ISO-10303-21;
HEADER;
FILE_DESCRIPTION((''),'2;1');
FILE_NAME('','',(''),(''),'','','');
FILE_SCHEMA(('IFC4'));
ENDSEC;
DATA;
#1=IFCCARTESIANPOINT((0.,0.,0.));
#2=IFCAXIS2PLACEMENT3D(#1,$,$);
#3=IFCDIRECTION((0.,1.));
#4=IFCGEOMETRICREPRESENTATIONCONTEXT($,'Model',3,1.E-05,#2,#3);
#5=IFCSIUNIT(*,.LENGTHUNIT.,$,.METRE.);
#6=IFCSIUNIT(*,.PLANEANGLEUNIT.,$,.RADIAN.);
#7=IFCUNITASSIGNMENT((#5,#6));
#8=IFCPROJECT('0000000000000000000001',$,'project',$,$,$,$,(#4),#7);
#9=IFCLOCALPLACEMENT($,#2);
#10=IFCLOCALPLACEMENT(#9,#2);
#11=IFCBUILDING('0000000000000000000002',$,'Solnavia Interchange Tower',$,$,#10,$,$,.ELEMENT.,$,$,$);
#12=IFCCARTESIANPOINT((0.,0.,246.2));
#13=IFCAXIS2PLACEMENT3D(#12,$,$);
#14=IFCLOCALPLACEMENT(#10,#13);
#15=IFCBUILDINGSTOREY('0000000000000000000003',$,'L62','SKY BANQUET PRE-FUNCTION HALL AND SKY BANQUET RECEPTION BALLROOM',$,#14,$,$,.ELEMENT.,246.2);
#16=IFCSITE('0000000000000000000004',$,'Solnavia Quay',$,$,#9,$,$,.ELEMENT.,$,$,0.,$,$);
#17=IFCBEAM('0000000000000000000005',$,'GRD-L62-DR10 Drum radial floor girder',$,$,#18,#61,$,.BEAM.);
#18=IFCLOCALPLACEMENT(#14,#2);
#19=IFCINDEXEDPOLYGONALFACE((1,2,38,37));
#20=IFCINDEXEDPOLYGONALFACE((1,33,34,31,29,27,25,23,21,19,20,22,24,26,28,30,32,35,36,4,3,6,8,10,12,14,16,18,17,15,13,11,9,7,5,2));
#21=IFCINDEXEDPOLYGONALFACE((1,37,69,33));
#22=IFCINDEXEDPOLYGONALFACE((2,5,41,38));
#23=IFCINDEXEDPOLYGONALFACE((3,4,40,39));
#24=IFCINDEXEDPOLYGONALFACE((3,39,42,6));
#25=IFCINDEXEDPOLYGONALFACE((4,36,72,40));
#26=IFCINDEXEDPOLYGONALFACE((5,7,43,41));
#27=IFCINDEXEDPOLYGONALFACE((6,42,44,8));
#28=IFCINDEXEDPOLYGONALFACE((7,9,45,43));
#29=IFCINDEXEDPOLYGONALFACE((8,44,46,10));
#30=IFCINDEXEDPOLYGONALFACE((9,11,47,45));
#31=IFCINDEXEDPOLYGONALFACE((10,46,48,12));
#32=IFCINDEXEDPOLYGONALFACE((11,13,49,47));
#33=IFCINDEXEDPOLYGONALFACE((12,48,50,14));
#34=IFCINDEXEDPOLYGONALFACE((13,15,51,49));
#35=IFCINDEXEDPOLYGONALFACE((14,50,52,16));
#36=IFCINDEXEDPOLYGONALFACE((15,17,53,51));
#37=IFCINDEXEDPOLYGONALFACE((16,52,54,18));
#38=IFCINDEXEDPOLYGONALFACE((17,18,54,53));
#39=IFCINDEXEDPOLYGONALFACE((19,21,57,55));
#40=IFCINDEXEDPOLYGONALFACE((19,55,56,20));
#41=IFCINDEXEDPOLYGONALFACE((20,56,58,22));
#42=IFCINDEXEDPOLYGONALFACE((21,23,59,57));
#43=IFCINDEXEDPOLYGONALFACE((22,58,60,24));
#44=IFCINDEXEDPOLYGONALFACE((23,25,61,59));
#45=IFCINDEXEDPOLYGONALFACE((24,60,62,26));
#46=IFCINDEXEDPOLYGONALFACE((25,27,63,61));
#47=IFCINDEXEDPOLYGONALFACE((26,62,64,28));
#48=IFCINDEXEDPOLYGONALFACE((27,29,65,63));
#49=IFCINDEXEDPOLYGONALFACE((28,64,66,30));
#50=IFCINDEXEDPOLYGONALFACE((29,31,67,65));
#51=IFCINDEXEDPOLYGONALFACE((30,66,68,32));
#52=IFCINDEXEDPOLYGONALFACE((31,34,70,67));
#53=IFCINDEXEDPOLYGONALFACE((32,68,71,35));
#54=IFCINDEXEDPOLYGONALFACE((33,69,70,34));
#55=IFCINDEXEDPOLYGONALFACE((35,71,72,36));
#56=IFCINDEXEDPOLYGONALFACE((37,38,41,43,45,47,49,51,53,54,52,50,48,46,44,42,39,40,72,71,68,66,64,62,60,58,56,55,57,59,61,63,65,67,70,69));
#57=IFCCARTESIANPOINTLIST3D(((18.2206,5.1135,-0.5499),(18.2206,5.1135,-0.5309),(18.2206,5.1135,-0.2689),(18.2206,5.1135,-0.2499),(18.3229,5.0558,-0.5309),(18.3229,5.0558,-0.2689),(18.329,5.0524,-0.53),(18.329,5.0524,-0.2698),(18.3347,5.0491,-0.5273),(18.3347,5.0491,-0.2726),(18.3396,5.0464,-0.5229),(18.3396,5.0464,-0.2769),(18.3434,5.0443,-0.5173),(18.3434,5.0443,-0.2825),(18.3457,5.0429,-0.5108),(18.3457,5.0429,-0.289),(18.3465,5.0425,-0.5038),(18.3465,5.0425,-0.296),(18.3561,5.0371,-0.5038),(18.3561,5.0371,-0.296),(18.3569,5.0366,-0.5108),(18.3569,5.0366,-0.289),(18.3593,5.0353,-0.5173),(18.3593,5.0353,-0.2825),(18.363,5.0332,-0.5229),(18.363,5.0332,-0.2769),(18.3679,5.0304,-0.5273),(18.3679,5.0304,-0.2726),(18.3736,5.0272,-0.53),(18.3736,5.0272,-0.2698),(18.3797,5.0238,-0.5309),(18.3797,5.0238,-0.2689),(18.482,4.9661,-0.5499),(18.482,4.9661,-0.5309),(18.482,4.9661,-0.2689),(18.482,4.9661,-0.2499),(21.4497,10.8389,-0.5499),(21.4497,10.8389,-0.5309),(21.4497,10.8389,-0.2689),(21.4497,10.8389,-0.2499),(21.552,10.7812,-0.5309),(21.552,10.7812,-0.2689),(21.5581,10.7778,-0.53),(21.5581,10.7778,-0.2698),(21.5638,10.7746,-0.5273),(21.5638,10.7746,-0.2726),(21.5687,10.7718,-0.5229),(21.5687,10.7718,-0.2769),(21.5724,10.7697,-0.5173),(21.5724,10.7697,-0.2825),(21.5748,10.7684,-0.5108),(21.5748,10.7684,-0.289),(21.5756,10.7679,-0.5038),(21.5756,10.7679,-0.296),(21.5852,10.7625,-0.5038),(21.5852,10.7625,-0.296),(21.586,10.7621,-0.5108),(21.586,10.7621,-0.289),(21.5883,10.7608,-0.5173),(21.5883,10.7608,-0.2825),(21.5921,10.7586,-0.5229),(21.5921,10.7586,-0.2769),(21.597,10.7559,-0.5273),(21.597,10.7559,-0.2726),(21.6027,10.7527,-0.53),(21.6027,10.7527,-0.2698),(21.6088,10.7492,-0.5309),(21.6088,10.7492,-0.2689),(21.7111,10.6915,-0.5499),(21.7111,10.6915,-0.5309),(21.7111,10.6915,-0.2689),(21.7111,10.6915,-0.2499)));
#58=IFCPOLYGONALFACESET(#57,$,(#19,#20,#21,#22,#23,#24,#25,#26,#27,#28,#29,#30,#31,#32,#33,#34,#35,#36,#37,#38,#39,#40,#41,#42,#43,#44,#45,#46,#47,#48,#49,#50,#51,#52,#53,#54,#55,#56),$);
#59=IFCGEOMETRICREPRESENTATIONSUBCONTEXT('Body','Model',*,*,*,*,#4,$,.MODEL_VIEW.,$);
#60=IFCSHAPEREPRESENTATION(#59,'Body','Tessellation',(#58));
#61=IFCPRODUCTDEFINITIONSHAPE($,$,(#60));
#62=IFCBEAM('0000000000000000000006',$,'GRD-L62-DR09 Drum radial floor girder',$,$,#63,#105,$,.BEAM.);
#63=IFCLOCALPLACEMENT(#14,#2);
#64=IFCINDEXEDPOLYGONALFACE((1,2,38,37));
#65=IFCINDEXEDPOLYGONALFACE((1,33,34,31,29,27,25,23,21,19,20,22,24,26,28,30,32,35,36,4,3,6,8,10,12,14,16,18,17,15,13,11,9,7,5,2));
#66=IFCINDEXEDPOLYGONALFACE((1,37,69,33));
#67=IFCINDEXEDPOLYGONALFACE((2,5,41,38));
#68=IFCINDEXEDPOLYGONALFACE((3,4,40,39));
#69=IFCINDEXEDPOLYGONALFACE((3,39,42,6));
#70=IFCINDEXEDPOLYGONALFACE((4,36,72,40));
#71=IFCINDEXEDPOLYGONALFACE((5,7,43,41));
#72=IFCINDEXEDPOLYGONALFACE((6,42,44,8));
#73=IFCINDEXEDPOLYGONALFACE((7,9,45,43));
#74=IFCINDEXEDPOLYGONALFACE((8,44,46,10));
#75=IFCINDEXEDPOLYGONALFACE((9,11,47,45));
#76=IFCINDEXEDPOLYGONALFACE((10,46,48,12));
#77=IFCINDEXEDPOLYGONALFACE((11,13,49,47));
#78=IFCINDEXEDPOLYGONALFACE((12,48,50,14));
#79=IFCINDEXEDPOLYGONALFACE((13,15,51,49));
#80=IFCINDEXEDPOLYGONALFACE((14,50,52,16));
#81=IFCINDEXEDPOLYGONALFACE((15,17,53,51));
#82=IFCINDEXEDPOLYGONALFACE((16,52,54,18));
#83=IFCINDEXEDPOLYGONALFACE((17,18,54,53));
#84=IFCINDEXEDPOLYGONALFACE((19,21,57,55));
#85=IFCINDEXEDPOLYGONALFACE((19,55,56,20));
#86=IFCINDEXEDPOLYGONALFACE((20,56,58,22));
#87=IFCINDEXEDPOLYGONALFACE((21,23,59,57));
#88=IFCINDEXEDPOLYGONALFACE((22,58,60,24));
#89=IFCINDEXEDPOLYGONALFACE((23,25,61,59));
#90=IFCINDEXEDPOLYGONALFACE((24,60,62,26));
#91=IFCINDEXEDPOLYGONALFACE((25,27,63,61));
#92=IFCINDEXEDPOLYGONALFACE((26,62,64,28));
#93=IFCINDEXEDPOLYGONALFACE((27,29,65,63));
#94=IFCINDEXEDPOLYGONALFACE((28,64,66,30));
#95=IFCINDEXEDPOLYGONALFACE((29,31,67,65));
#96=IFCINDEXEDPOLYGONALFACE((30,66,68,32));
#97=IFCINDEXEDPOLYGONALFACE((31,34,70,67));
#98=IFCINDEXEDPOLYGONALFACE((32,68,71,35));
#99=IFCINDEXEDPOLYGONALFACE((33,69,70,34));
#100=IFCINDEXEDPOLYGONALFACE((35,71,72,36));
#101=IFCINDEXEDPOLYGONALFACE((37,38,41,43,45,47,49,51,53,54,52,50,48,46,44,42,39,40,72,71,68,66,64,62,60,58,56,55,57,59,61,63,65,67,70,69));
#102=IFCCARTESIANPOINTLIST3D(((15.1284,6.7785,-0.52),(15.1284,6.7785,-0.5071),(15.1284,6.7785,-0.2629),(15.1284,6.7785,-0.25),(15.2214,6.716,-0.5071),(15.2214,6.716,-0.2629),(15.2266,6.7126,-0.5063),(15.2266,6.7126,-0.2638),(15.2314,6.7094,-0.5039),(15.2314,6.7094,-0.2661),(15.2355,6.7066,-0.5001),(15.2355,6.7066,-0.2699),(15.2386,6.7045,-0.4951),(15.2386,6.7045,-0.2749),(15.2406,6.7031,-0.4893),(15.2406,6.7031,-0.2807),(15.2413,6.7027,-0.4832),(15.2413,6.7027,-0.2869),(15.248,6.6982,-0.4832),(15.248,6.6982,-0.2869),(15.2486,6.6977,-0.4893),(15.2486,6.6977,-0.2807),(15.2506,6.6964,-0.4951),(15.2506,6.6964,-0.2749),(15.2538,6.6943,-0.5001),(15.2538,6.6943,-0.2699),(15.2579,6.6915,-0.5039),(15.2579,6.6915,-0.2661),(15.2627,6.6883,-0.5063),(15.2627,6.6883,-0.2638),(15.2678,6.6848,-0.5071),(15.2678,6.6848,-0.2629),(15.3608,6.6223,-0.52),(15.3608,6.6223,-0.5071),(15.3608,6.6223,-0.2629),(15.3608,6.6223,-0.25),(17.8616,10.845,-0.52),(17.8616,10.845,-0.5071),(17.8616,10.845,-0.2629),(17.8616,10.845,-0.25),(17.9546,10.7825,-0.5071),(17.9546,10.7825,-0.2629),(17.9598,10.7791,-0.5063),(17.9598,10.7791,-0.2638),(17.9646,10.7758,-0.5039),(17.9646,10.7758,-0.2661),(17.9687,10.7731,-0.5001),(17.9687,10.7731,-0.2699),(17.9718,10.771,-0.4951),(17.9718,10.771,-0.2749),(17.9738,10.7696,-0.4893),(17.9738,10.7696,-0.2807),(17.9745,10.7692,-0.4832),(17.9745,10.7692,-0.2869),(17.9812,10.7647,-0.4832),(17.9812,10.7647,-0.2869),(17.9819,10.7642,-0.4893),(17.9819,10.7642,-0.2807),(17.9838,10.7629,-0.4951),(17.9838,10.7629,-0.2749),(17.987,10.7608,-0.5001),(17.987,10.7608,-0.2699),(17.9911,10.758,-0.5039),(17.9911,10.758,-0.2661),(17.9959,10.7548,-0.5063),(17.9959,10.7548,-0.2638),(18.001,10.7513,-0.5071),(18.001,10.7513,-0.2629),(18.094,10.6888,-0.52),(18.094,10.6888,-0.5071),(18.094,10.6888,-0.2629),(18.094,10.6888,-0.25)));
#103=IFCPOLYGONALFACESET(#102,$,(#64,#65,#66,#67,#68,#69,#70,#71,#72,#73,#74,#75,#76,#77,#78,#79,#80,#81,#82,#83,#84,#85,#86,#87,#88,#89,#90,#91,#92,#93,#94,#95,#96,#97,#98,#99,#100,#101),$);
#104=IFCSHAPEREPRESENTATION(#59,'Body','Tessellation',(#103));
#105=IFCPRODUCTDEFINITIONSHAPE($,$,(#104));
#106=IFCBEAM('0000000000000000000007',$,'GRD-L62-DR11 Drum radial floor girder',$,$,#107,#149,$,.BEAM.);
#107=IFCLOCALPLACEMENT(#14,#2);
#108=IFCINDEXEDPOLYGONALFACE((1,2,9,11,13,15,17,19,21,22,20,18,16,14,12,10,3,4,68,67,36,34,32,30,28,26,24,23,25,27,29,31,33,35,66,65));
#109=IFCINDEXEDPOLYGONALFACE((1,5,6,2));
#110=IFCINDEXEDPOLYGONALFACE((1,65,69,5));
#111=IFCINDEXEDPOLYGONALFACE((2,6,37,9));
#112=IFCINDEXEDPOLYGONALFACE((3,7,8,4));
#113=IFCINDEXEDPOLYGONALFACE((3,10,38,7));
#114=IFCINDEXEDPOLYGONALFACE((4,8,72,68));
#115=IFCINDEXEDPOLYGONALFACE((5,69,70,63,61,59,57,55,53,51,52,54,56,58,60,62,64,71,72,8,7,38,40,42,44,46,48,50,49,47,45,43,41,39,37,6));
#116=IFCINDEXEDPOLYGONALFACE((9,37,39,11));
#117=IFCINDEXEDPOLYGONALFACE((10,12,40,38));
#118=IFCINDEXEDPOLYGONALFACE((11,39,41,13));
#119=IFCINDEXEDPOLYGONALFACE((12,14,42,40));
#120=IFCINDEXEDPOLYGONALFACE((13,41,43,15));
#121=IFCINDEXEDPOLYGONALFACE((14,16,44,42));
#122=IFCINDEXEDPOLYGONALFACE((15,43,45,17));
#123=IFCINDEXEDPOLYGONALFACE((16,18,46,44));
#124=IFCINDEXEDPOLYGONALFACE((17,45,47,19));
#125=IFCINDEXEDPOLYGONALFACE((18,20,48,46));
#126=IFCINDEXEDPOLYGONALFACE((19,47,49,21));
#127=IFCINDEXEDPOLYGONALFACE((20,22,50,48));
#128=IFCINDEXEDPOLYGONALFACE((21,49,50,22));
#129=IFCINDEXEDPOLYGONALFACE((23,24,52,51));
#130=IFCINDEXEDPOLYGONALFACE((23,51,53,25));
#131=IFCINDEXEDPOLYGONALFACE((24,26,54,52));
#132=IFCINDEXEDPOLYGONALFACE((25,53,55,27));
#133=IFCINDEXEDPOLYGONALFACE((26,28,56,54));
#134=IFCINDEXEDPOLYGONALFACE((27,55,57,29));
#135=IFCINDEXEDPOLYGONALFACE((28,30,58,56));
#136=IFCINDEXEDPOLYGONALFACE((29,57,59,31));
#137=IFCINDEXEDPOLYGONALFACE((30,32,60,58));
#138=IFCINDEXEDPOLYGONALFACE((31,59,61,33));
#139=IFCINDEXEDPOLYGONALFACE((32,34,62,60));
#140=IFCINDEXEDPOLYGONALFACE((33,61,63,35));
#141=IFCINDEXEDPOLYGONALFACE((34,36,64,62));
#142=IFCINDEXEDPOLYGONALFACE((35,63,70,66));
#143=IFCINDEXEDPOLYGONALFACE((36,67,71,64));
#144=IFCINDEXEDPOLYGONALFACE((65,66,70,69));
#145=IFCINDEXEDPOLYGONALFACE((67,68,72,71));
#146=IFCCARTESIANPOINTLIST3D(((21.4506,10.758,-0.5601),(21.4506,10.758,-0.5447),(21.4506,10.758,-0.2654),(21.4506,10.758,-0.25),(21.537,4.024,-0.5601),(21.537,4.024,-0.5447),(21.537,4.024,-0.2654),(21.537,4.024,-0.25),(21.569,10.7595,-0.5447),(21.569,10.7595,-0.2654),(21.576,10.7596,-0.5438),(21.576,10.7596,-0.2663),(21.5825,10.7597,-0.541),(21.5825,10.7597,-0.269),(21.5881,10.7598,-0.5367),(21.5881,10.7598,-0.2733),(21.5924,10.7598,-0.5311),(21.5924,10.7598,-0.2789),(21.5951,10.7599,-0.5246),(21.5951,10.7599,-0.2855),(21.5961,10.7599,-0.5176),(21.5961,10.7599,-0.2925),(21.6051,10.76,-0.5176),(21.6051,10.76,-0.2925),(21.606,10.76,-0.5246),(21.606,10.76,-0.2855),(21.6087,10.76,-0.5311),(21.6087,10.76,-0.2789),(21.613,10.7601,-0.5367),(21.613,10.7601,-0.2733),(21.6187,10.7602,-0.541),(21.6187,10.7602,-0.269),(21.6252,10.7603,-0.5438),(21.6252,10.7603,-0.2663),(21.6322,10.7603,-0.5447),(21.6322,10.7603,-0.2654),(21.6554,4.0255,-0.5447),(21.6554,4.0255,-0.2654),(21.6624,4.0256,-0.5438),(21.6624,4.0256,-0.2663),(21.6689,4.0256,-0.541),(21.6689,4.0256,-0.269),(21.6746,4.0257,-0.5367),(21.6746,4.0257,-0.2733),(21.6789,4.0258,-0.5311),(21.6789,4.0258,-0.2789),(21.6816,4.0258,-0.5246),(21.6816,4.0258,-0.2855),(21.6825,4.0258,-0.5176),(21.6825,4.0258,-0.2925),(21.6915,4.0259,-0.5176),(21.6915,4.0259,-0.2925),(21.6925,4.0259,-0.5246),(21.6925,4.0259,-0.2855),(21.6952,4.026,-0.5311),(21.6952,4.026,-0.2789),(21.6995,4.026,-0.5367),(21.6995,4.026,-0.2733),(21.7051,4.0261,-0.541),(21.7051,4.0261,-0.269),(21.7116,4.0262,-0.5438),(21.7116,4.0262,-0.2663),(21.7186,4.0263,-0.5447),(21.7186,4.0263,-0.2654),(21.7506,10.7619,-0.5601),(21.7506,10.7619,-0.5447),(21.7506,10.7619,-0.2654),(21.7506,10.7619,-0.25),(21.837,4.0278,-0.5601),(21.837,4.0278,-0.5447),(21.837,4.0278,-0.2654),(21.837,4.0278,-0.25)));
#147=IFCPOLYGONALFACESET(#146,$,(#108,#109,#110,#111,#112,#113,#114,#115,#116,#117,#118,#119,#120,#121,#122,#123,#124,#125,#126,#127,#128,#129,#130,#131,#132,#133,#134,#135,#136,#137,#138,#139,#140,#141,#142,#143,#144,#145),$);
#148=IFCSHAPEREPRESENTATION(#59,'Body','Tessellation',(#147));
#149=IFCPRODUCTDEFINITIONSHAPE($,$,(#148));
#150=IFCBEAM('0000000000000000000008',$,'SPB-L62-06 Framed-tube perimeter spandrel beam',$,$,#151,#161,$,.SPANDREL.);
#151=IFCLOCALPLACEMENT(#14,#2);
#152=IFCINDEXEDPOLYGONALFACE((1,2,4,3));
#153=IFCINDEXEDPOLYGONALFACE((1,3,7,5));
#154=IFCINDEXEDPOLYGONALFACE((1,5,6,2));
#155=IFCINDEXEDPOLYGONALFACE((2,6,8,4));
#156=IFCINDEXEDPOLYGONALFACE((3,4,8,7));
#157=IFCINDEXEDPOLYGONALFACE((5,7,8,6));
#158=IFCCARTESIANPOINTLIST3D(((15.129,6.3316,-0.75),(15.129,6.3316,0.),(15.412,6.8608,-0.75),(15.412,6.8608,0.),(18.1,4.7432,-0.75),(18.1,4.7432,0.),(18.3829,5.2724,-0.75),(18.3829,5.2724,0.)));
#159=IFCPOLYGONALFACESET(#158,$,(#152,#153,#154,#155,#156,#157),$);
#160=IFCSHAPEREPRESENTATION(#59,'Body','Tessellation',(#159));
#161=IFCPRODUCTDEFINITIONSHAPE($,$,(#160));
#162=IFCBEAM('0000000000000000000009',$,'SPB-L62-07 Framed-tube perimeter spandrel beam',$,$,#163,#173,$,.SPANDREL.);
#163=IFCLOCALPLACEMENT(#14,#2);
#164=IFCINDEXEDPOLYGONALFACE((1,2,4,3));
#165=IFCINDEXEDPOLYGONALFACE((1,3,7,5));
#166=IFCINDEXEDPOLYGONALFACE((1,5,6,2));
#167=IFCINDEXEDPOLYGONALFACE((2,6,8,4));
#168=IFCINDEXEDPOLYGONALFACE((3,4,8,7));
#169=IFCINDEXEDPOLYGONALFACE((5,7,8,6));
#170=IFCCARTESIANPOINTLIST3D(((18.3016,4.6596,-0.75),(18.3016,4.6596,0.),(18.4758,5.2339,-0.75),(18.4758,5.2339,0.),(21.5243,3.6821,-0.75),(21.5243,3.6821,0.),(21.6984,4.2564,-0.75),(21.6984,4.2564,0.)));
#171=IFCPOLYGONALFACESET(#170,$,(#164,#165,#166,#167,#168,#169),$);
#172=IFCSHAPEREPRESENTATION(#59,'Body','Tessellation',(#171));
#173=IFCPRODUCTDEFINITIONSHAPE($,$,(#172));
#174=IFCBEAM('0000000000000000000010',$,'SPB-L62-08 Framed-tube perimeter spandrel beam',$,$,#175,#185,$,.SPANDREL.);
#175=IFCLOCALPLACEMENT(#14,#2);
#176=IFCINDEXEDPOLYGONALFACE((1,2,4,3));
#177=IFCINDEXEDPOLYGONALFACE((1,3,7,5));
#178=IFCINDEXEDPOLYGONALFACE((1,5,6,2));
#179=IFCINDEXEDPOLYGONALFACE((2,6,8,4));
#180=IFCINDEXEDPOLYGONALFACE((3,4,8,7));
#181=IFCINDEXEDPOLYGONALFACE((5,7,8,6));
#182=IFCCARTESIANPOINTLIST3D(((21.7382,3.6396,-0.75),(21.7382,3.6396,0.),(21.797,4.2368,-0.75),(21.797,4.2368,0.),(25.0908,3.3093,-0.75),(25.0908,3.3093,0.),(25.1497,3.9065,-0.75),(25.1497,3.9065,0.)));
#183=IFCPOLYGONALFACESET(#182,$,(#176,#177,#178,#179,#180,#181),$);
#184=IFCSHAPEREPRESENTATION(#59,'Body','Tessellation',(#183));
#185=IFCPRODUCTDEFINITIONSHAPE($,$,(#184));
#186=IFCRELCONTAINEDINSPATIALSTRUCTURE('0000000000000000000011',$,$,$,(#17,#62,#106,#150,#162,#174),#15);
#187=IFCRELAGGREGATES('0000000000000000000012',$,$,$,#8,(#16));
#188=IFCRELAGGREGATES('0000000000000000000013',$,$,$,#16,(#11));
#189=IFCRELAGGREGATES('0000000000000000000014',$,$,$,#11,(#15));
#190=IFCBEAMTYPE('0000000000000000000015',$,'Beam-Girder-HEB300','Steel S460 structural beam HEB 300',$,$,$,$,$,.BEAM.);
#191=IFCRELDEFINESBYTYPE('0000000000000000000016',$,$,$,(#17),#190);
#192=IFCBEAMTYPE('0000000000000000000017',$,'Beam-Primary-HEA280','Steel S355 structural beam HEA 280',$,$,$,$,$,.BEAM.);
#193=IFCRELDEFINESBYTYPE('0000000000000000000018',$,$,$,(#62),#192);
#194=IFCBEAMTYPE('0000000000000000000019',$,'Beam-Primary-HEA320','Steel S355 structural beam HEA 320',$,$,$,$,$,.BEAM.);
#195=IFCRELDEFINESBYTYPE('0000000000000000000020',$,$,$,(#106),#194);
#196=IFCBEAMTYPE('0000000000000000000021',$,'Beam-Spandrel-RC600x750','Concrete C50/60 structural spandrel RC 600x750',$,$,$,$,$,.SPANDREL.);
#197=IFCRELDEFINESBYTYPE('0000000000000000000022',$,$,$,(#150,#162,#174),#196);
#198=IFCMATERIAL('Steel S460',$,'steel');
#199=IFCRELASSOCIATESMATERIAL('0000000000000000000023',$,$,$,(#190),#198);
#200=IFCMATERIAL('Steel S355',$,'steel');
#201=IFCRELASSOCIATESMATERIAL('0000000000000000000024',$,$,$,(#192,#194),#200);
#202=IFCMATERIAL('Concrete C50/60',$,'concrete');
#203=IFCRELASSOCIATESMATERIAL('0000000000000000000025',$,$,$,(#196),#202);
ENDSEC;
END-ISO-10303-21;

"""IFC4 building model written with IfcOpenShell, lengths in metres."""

from ifc_helpers import new_model, si_unit, direction, frame, origin, origin_2d, place, context, subcontext, project, spatial, rectangle, i_section, extrude, material, material_profile, profile_set, type_object, element, save


model = new_model("IFC4")

# Units and contexts
model_context = context("Model", 3, precision=1e-05, world=origin(), true_north=direction((0.0, 1.0)))
body_context = subcontext(model_context, "Body", "Model", "MODEL_VIEW")
ifc_project = project(units=[si_unit("LENGTHUNIT", "METRE"), si_unit("PLANEANGLEUNIT", "RADIAN")], contexts=[model_context])

# Site, building, storey
site_placement = place(None, origin())
site = spatial("IfcSite", under=ifc_project, at=site_placement, Name="Solnavia Quay", CompositionType="ELEMENT", RefElevation=0.0)
building_placement = place(site_placement, origin())
building = spatial("IfcBuilding", under=site, at=building_placement, Name="Solnavia Interchange Tower", CompositionType="ELEMENT")
storey_placement = place(building_placement, frame((0.0, 0.0, 246.2)))
storey = spatial("IfcBuildingStorey", under=building, at=storey_placement, Name="L62", Description="SKY BANQUET PRE-FUNCTION HALL AND SKY BANQUET RECEPTION BALLROOM", CompositionType="ELEMENT", Elevation=246.2)

# Shared definitions
ifc_material_1 = material(Name="Concrete C50/60", Category="concrete")

# Beams
ifc_material_2 = material(Name="Steel S460", Category="steel")
ifc_material_profile_1 = material_profile(ifc_material_2, i_section(OverallWidth=0.3, OverallDepth=0.3, WebThickness=0.011, FlangeThickness=0.019, FilletRadius=0.0271, at=origin_2d()), Name="HEB 300")
ifc_profile_set_1 = profile_set([ifc_material_profile_1], Name="Steel S460")
beam_type_1 = type_object("IfcBeamType", Name="Beam-Girder-HEB300", Description="Steel S460 structural beam HEB 300", PredefinedType="BEAM", material=ifc_profile_set_1)
beam_1_placement = place(storey_placement, frame((18.3513, 5.0398, -0.3999), z_axis=(0.491243, 0.871022, 0.0), x_axis=(-0.871022, 0.491243, 0.0)))
element("IfcBeam", 1, at=beam_1_placement, inside=storey, type_object=beam_type_1, Name="GRD-L62-DR10 Drum radial floor girder", PredefinedType="BEAM", context=body_context, shape_type="SweptSolid", body=[
    extrude(i_section(OverallWidth=0.3, OverallDepth=0.3, WebThickness=0.011, FlangeThickness=0.019, FilletRadius=0.0271, at=origin_2d()), origin(), (0.0, 0.0, 1.0), 6.5732),
])
ifc_material_3 = material(Name="Steel S355", Category="steel")
ifc_material_profile_2 = material_profile(ifc_material_3, i_section(OverallWidth=0.28, OverallDepth=0.27, WebThickness=0.0081, FlangeThickness=0.0129, FilletRadius=0.0239, at=origin_2d()), Name="HEA 280")
ifc_profile_set_2 = profile_set([ifc_material_profile_2], Name="Steel S355")
beam_type_2 = type_object("IfcBeamType", Name="Beam-Primary-HEA280", Description="Steel S355 structural beam HEA 280", PredefinedType="BEAM", material=ifc_profile_set_2)
beam_2_placement = place(storey_placement, frame((15.2446, 6.7004, -0.385), z_axis=(0.557835, 0.829952, 0.0), x_axis=(-0.829952, 0.557835, 0.0)))
element("IfcBeam", 2, at=beam_2_placement, inside=storey, type_object=beam_type_2, Name="GRD-L62-DR09 Drum radial floor girder", PredefinedType="BEAM", context=body_context, shape_type="SweptSolid", body=[
    extrude(i_section(OverallWidth=0.28, OverallDepth=0.27, WebThickness=0.0081, FlangeThickness=0.0129, FilletRadius=0.0239, at=origin_2d()), origin(), (0.0, 0.0, 1.0), 4.8997),
])
ifc_material_profile_3 = material_profile(ifc_material_3, i_section(OverallWidth=0.3, OverallDepth=0.3101, WebThickness=0.009, FlangeThickness=0.0154, FilletRadius=0.0271, at=origin_2d()), Name="HEA 320")
ifc_profile_set_3 = profile_set([ifc_material_profile_3], Name="Steel S355")
beam_type_3 = type_object("IfcBeamType", Name="Beam-Primary-HEA320", Description="Steel S355 structural beam HEA 320", PredefinedType="BEAM", material=ifc_profile_set_3)
beam_3_placement = place(storey_placement, frame((21.687, 4.0259, -0.405), z_axis=(-0.012833, 0.999918, 0.0), x_axis=(-0.999918, -0.012833, 0.0)))
element("IfcBeam", 3, at=beam_3_placement, inside=storey, type_object=beam_type_3, Name="GRD-L62-DR11 Drum radial floor girder", PredefinedType="BEAM", context=body_context, shape_type="SweptSolid", body=[
    extrude(i_section(OverallWidth=0.3, OverallDepth=0.3101, WebThickness=0.009, FlangeThickness=0.0154, FilletRadius=0.0271, at=origin_2d()), origin(), (0.0, 0.0, 1.0), 6.7346),
])
ifc_material_profile_4 = material_profile(ifc_material_1, rectangle(XDim=0.6001, YDim=0.75, at=origin_2d()), Name="RC 600x750")
ifc_profile_set_4 = profile_set([ifc_material_profile_4], Name="Concrete C50/60")
beam_type_4 = type_object("IfcBeamType", Name="Beam-Spandrel-RC600x750", Description="Concrete C50/60 structural spandrel RC 600x750", PredefinedType="SPANDREL", material=ifc_profile_set_4)
beam_4_placement = place(storey_placement, frame((15.2705, 6.5962, -0.375), z_axis=(0.881875, -0.471483, 0.0), x_axis=(0.471483, 0.881875, 0.0)))
element("IfcBeam", 4, at=beam_4_placement, inside=storey, type_object=beam_type_4, Name="SPB-L62-06 Framed-tube perimeter spandrel beam", PredefinedType="SPANDREL", context=body_context, shape_type="SweptSolid", body=[
    extrude(rectangle(XDim=0.6001, YDim=0.75, at=origin_2d()), origin(), (0.0, 0.0, 1.0), 3.3689),
])
beam_5_placement = place(storey_placement, frame((18.3887, 4.9468, -0.375), z_axis=(0.956944, -0.290273, 0.0), x_axis=(0.290273, 0.956944, 0.0)))
element("IfcBeam", 5, at=beam_5_placement, inside=storey, type_object=beam_type_4, Name="SPB-L62-07 Framed-tube perimeter spandrel beam", PredefinedType="SPANDREL", context=body_context, shape_type="SweptSolid", body=[
    extrude(rectangle(XDim=0.6001, YDim=0.75, at=origin_2d()), origin(), (0.0, 0.0, 1.0), 3.3677),
])
beam_6_placement = place(storey_placement, frame((21.7676, 3.9382, -0.375), z_axis=(0.995182, -0.098047, 0.0), x_axis=(0.098047, 0.995182, 0.0)))
element("IfcBeam", 6, at=beam_6_placement, inside=storey, type_object=beam_type_4, Name="SPB-L62-08 Framed-tube perimeter spandrel beam", PredefinedType="SPANDREL", context=body_context, shape_type="SweptSolid", body=[
    extrude(rectangle(XDim=0.6001, YDim=0.75, at=origin_2d()), origin(), (0.0, 0.0, 1.0), 3.3689),
])

save(model, "model.ifc")
